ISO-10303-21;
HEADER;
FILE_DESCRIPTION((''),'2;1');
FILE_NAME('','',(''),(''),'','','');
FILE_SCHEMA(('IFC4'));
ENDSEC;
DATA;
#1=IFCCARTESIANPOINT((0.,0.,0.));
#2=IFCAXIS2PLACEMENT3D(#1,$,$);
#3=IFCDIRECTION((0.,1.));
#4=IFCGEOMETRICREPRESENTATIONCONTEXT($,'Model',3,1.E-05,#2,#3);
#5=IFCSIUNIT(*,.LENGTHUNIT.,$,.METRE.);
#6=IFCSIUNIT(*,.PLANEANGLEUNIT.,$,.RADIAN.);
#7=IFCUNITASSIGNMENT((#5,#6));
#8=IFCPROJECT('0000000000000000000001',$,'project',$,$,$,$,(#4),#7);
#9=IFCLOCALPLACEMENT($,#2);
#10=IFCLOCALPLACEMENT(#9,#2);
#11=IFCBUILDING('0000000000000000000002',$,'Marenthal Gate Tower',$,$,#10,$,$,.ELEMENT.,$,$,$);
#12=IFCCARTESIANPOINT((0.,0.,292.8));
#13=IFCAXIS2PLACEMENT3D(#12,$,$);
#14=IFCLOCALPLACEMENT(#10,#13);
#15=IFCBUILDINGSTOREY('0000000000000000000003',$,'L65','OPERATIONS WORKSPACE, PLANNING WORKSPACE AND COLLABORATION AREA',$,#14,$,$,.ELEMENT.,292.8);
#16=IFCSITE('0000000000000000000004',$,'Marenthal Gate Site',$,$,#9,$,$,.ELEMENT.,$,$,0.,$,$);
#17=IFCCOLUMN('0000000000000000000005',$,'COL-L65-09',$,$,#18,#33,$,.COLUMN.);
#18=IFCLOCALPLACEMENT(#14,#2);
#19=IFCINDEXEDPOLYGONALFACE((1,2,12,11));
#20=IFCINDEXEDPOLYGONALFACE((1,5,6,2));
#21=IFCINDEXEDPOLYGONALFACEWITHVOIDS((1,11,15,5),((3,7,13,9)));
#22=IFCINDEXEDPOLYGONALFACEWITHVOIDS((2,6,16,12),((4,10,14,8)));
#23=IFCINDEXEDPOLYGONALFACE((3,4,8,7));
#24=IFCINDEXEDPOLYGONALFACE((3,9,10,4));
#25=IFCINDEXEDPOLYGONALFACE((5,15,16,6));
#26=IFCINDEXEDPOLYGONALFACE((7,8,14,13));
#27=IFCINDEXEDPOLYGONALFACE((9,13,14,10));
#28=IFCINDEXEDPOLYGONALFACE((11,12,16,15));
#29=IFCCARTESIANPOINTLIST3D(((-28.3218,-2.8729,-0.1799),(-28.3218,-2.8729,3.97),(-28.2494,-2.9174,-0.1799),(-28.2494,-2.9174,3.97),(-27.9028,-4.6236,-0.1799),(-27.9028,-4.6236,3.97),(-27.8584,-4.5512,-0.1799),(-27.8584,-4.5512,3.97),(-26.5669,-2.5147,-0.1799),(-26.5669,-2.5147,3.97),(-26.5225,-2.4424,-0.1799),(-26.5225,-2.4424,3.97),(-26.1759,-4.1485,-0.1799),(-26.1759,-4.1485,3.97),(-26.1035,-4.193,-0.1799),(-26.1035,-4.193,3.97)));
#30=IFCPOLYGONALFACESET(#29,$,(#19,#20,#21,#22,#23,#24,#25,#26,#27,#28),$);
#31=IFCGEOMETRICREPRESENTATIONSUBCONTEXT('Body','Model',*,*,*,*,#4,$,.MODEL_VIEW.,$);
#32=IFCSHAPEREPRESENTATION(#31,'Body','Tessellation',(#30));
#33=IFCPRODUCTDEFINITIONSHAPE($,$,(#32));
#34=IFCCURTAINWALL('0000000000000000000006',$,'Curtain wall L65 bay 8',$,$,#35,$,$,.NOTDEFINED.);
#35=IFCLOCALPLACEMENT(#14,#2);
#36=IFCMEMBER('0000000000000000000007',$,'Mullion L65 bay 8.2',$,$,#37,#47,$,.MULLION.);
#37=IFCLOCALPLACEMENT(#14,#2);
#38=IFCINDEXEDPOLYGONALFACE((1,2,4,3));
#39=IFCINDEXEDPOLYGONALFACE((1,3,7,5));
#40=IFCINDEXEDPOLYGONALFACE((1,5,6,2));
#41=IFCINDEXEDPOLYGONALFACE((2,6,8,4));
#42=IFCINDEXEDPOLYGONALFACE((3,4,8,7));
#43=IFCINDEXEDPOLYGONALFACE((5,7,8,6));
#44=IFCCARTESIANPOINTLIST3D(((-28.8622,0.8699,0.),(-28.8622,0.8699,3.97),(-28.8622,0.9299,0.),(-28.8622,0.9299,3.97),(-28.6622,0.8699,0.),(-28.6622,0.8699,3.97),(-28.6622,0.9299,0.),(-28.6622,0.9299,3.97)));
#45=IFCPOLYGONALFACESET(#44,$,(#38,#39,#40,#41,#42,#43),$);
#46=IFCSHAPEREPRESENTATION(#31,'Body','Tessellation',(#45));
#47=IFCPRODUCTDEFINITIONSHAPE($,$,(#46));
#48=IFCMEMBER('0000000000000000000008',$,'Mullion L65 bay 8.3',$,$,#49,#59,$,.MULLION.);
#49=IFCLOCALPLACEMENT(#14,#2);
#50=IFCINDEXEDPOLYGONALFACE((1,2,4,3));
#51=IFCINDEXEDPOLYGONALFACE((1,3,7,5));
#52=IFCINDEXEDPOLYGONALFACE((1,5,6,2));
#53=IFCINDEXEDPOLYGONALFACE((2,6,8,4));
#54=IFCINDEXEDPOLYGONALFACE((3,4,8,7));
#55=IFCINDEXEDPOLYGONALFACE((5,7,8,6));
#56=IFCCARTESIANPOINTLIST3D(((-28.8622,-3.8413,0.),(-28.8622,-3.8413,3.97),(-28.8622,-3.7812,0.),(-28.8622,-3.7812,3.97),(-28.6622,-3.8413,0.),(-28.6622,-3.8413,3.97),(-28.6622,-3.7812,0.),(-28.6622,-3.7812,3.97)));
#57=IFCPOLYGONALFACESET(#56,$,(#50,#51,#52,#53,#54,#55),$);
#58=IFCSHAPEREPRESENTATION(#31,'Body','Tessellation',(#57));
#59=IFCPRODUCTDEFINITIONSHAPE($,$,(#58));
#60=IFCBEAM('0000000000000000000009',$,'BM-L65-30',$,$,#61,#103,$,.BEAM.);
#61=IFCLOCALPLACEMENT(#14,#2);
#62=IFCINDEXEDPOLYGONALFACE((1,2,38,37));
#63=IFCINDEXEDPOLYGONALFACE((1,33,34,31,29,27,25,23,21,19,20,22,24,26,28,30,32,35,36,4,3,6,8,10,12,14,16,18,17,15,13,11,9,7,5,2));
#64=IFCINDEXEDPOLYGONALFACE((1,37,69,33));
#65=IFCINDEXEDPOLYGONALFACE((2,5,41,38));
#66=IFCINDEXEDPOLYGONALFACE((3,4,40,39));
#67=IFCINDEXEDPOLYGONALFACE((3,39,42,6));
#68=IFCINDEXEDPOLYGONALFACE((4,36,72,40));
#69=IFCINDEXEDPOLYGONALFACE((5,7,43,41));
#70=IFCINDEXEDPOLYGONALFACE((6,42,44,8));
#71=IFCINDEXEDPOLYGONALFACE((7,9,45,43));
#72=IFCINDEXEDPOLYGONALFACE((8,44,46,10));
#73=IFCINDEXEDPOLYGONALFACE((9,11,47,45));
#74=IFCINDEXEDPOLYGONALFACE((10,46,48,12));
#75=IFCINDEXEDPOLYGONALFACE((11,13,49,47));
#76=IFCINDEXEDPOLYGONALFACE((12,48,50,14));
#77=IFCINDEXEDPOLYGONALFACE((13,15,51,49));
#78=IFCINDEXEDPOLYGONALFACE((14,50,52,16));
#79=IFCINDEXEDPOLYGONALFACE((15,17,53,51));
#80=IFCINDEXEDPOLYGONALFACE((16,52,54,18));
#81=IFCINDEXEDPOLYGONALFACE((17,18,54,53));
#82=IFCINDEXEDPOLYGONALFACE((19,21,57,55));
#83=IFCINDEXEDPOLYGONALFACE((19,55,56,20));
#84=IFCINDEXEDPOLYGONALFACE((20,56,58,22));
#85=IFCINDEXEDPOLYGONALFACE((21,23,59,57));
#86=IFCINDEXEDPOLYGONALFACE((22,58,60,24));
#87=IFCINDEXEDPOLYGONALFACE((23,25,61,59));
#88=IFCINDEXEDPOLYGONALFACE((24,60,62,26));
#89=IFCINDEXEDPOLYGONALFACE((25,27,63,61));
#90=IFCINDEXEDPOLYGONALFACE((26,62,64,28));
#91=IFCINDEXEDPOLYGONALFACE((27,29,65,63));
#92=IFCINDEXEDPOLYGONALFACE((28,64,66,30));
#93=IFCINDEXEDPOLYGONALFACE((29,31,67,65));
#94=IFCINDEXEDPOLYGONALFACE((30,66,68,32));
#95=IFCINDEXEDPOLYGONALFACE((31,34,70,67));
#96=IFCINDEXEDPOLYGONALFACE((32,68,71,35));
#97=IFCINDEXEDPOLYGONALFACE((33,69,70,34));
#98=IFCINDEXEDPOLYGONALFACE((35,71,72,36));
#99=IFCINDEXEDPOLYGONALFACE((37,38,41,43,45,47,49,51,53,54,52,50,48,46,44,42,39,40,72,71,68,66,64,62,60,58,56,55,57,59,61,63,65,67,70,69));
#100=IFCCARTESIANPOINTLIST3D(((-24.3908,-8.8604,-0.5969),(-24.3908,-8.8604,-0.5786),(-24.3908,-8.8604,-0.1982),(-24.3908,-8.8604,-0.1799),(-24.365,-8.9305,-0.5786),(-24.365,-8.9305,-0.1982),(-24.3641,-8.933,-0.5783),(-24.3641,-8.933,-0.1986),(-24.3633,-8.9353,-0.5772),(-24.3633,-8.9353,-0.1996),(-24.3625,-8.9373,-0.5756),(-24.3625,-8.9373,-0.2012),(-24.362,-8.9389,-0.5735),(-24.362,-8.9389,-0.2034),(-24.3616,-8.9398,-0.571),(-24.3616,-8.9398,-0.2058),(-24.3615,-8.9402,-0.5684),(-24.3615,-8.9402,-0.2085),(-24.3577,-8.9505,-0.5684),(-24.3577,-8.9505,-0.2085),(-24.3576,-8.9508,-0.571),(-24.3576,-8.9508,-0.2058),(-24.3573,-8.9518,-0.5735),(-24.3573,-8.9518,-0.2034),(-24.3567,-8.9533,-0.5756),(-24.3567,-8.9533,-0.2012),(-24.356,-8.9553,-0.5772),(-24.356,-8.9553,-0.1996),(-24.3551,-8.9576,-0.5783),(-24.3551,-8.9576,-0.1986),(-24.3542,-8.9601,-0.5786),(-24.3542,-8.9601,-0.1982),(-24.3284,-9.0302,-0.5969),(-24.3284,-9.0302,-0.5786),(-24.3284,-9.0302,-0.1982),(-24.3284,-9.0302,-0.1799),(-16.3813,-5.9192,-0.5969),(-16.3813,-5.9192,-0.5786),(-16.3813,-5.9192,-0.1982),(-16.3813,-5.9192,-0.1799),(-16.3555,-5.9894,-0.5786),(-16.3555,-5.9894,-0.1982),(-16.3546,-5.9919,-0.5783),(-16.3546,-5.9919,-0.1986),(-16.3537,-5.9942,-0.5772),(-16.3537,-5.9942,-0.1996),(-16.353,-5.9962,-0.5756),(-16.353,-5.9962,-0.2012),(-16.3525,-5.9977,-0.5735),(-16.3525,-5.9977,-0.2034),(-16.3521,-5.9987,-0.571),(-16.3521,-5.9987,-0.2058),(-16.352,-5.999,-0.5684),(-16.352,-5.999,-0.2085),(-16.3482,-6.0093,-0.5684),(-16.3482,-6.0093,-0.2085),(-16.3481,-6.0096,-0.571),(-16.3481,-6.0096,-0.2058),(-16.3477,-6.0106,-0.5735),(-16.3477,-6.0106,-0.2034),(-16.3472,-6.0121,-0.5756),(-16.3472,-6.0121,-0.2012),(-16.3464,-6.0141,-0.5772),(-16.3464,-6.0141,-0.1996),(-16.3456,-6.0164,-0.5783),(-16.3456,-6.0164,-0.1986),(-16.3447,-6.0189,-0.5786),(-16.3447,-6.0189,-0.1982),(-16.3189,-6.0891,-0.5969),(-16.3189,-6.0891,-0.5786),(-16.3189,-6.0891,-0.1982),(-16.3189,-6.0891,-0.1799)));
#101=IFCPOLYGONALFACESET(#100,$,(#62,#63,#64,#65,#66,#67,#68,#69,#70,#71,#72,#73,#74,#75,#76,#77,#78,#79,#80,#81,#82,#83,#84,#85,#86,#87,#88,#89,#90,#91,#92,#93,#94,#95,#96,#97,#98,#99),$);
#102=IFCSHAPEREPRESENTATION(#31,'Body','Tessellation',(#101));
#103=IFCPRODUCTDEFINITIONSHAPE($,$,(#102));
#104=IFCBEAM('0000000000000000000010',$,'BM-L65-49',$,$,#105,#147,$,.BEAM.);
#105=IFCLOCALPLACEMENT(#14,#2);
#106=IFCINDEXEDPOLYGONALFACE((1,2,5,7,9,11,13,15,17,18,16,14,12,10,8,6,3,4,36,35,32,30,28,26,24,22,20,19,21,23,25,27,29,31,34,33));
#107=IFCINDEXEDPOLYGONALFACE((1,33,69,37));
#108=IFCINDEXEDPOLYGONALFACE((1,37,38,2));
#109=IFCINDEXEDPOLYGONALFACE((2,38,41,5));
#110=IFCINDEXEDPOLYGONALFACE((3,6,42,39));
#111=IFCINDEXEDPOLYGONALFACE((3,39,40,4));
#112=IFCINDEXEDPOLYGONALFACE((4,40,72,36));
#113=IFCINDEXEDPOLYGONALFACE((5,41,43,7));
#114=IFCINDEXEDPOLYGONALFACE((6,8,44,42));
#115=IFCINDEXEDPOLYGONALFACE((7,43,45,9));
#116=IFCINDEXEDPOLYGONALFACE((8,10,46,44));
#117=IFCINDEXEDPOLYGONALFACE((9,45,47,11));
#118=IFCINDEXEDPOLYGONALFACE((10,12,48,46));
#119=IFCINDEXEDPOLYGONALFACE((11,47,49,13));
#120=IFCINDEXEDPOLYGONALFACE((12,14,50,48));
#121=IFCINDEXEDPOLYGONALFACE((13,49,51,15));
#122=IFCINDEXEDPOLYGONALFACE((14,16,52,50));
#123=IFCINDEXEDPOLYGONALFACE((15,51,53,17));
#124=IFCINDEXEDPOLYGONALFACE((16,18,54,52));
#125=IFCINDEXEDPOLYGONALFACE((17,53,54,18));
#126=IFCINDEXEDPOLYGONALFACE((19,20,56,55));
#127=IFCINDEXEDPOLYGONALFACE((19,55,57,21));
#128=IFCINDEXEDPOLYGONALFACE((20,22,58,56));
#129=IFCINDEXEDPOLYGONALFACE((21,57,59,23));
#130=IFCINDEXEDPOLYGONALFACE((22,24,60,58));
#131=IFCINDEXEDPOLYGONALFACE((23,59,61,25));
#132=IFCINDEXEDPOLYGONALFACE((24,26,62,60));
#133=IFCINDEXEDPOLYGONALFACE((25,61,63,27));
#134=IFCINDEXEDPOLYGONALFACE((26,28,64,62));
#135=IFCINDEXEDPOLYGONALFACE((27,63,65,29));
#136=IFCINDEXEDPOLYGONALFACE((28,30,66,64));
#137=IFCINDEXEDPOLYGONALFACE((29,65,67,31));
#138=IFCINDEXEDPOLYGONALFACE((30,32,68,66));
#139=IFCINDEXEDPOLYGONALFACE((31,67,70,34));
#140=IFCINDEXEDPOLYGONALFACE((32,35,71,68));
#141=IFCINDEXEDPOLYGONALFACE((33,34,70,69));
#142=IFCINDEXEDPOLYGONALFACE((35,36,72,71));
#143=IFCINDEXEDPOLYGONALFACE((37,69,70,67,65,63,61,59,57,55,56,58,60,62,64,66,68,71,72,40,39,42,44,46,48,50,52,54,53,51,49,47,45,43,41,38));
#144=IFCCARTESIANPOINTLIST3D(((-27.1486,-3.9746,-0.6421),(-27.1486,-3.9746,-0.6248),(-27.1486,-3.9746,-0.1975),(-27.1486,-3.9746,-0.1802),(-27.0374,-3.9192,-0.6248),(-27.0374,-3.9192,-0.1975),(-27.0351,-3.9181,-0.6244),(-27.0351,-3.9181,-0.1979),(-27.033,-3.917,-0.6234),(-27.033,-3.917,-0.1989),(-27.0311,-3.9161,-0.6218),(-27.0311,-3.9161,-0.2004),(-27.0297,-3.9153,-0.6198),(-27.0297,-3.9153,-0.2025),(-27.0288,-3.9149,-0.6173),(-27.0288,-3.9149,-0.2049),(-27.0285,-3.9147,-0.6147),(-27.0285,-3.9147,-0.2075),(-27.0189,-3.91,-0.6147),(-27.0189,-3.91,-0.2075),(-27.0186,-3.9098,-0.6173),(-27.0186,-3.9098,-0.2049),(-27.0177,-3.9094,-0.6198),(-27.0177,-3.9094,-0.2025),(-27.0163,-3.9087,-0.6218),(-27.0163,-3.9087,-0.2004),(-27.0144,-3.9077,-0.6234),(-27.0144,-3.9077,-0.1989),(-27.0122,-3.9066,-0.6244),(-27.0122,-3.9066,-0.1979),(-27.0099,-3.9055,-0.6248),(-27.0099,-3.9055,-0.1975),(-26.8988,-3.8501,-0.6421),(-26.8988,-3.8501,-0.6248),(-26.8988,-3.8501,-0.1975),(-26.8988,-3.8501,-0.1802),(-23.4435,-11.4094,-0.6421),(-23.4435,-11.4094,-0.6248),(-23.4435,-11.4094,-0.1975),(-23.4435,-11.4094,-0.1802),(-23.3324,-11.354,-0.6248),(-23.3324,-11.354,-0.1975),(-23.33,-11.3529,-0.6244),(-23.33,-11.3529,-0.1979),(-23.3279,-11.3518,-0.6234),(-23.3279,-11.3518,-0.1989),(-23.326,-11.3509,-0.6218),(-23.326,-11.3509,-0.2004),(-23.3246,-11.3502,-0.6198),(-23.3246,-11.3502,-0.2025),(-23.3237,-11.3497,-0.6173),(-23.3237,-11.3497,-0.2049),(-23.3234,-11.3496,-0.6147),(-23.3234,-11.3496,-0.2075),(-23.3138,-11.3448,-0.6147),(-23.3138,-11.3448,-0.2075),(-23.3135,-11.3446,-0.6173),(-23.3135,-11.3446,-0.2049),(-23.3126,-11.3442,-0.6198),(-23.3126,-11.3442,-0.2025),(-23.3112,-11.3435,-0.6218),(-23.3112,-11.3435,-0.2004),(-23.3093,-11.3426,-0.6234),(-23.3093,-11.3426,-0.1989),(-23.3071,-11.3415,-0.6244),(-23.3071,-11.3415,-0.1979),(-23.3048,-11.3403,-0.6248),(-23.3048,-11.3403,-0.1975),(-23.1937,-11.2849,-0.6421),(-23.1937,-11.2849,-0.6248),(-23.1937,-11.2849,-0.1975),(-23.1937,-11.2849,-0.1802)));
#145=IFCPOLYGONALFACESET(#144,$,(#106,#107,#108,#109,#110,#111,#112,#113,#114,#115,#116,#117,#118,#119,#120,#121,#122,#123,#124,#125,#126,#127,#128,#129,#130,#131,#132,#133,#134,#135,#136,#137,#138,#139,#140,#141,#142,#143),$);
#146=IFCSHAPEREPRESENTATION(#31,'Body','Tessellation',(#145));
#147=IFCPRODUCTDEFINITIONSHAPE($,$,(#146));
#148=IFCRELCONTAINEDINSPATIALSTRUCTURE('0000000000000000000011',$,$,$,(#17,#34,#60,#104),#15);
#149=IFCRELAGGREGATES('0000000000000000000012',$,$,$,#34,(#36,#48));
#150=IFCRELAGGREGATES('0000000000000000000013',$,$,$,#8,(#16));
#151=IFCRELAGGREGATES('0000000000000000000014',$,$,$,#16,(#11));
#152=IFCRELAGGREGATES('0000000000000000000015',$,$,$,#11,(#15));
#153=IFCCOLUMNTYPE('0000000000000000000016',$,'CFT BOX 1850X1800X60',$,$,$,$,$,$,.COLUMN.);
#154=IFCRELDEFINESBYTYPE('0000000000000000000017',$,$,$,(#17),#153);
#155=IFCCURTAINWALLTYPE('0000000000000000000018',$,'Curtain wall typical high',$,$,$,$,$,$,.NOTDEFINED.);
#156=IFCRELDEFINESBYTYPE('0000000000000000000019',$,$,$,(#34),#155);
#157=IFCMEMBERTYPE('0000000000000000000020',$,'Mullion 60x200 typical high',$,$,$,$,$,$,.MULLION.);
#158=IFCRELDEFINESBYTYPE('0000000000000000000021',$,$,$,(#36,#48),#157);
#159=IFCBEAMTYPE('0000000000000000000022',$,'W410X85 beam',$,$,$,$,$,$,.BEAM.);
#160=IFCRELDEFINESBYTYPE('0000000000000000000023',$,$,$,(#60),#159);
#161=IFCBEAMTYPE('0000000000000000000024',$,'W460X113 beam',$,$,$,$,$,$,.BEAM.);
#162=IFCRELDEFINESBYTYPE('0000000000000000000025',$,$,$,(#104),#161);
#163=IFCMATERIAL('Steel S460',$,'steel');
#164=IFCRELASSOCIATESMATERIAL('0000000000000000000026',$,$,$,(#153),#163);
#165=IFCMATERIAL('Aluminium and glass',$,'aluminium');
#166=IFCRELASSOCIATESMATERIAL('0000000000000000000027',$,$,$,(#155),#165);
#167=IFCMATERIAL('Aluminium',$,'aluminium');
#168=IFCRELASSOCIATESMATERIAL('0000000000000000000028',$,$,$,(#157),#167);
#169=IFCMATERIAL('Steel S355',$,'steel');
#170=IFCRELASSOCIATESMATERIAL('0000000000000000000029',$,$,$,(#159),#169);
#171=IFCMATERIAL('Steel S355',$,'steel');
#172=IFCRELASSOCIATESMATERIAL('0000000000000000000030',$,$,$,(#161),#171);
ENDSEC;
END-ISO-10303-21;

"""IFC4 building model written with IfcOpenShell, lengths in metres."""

from ifc_helpers import new_model, si_unit, direction, frame, origin, origin_2d, place, context, subcontext, project, spatial, rectangle, hollow_rectangle, i_section, extrude, material, material_profile, profile_set, type_object, element, aggregate, save


model = new_model("IFC4")

# Units and contexts
model_context = context("Model", 3, precision=1e-05, world=origin(), true_north=direction((0.0, 1.0)))
body_context = subcontext(model_context, "Body", "Model", "MODEL_VIEW")
ifc_project = project(units=[si_unit("LENGTHUNIT", "METRE"), si_unit("PLANEANGLEUNIT", "RADIAN")], contexts=[model_context])

# Site, building, storey
site_placement = place(None, origin())
site = spatial("IfcSite", under=ifc_project, at=site_placement, Name="Marenthal Gate Site", CompositionType="ELEMENT", RefElevation=0.0)
building_placement = place(site_placement, origin())
building = spatial("IfcBuilding", under=site, at=building_placement, Name="Marenthal Gate Tower", CompositionType="ELEMENT")
storey_placement = place(building_placement, frame((0.0, 0.0, 292.8)))
storey = spatial("IfcBuildingStorey", under=building, at=storey_placement, Name="L65", Description="OPERATIONS WORKSPACE, PLANNING WORKSPACE AND COLLABORATION AREA", CompositionType="ELEMENT", Elevation=292.8)

# Column
ifc_material_1 = material(Name="Steel S460", Category="steel")
ifc_material_profile_1 = material_profile(ifc_material_1, hollow_rectangle(XDim=1.8, YDim=1.8501, WallThickness=0.0601, at=origin_2d()), Name="CFT BOX 1850X1800X60")
ifc_material_2 = material(Name="Concrete 70 MPa", Category="concrete")
ifc_material_profile_2 = material_profile(ifc_material_2, rectangle(XDim=1.6799, YDim=1.73, at=origin_2d()), Name="CFT BOX 1850X1800X60 INFILL")
ifc_profile_set_1 = profile_set([ifc_material_profile_1, ifc_material_profile_2], Name="Steel S460 shell, Concrete 70 MPa infill")
column_type = type_object("IfcColumnType", Name="CFT BOX 1850X1800X60", PredefinedType="COLUMN", material=ifc_profile_set_1)
column_placement = place(storey_placement, frame((-27.2126, -3.533, -0.1799), z_axis=(0.0, 0.0, 1.0), x_axis=(-0.232739, 0.972539, 0.0)))
element("IfcColumn", 1, at=column_placement, inside=storey, type_object=column_type, Name="COL-L65-09", PredefinedType="COLUMN", context=body_context, shape_type="SweptSolid", body=[
    extrude(hollow_rectangle(XDim=1.8, YDim=1.8501, WallThickness=0.0601, at=origin_2d()), origin(), (0.0, 0.0, 1.0), 4.1499),
])

# Curtain wall, members
ifc_material_3 = material(Name="Aluminium and glass", Category="aluminium")
curtain_wall_type = type_object("IfcCurtainWallType", Name="Curtain wall typical high", PredefinedType="NOTDEFINED", material=ifc_material_3)
curtain_wall_placement = place(storey_placement, origin())
curtain_wall = element("IfcCurtainWall", 2, at=curtain_wall_placement, inside=storey, type_object=curtain_wall_type, Name="Curtain wall L65 bay 8", PredefinedType="NOTDEFINED")
ifc_material_4 = material(Name="Aluminium", Category="aluminium")
ifc_material_profile_3 = material_profile(ifc_material_4, rectangle(XDim=0.2, YDim=0.0601, at=origin_2d()), Name="60x200 aluminium mullion")
ifc_profile_set_2 = profile_set([ifc_material_profile_3], Name="Aluminium")
member_type = type_object("IfcMemberType", Name="Mullion 60x200 typical high", PredefinedType="MULLION", material=ifc_profile_set_2)
member_1_placement = place(storey_placement, frame((-28.7622, 0.8999, 0.0), z_axis=(0.0, 0.0, 1.0), x_axis=(1.0, 0.0, 0.0)))
member_1 = element("IfcMember", 3, at=member_1_placement, type_object=member_type, Name="Mullion L65 bay 8.2", PredefinedType="MULLION", context=body_context, shape_type="SweptSolid", body=[
    extrude(rectangle(XDim=0.2, YDim=0.0601, at=origin_2d()), origin(), (0.0, 0.0, 1.0), 3.97),
])
member_2_placement = place(storey_placement, frame((-28.7622, -3.8113, 0.0), z_axis=(0.0, 0.0, 1.0), x_axis=(1.0, 0.0, 0.0)))
member_2 = element("IfcMember", 4, at=member_2_placement, type_object=member_type, Name="Mullion L65 bay 8.3", PredefinedType="MULLION", context=body_context, shape_type="SweptSolid", body=[
    extrude(rectangle(XDim=0.2, YDim=0.0601, at=origin_2d()), origin(), (0.0, 0.0, 1.0), 3.97),
])

# Beams
ifc_material_5 = material(Name="Steel S355", Category="steel")
ifc_material_profile_4 = material_profile(ifc_material_5, i_section(OverallWidth=0.1809, OverallDepth=0.417, WebThickness=0.011, FlangeThickness=0.0183, FilletRadius=0.0103, at=origin_2d()), Name="W410X85")
ifc_profile_set_3 = profile_set([ifc_material_profile_4], Name="Steel S355")
beam_type_1 = type_object("IfcBeamType", Name="W410X85 beam", PredefinedType="BEAM", material=ifc_profile_set_3)
beam_1_placement = place(storey_placement, frame((-24.3596, -8.9453, -0.3884), z_axis=(0.938712, 0.344703, 0.0), x_axis=(-0.344703, 0.938712, 0.0)))
element("IfcBeam", 5, at=beam_1_placement, inside=storey, type_object=beam_type_1, Name="BM-L65-30", PredefinedType="BEAM", context=body_context, shape_type="SweptSolid", body=[
    extrude(i_section(OverallWidth=0.1809, OverallDepth=0.417, WebThickness=0.011, FlangeThickness=0.0183, FilletRadius=0.0103, at=origin_2d()), origin(), (0.0, 0.0, 1.0), 8.5325),
])
ifc_material_6 = material(Name="Steel S355", Category="steel")
ifc_material_profile_5 = material_profile(ifc_material_6, i_section(OverallWidth=0.2791, OverallDepth=0.4619, WebThickness=0.0107, FlangeThickness=0.0173, FilletRadius=0.01, at=origin_2d()), Name="W460X113")
ifc_profile_set_4 = profile_set([ifc_material_profile_5], Name="Steel S355")
beam_type_2 = type_object("IfcBeamType", Name="W460X113 beam", PredefinedType="BEAM", material=ifc_profile_set_4)
beam_2_placement = place(storey_placement, frame((-27.0237, -3.9124, -0.4111), z_axis=(0.446026, -0.89502, 0.0), x_axis=(0.89502, 0.446026, 0.0)))
element("IfcBeam", 6, at=beam_2_placement, inside=storey, type_object=beam_type_2, Name="BM-L65-49", PredefinedType="BEAM", context=body_context, shape_type="SweptSolid", body=[
    extrude(i_section(OverallWidth=0.2791, OverallDepth=0.4619, WebThickness=0.0107, FlangeThickness=0.0173, FilletRadius=0.01, at=origin_2d()), origin(), (0.0, 0.0, 1.0), 8.3069),
])

aggregate(curtain_wall, [member_1, member_2])

save(model, "model.ifc")
